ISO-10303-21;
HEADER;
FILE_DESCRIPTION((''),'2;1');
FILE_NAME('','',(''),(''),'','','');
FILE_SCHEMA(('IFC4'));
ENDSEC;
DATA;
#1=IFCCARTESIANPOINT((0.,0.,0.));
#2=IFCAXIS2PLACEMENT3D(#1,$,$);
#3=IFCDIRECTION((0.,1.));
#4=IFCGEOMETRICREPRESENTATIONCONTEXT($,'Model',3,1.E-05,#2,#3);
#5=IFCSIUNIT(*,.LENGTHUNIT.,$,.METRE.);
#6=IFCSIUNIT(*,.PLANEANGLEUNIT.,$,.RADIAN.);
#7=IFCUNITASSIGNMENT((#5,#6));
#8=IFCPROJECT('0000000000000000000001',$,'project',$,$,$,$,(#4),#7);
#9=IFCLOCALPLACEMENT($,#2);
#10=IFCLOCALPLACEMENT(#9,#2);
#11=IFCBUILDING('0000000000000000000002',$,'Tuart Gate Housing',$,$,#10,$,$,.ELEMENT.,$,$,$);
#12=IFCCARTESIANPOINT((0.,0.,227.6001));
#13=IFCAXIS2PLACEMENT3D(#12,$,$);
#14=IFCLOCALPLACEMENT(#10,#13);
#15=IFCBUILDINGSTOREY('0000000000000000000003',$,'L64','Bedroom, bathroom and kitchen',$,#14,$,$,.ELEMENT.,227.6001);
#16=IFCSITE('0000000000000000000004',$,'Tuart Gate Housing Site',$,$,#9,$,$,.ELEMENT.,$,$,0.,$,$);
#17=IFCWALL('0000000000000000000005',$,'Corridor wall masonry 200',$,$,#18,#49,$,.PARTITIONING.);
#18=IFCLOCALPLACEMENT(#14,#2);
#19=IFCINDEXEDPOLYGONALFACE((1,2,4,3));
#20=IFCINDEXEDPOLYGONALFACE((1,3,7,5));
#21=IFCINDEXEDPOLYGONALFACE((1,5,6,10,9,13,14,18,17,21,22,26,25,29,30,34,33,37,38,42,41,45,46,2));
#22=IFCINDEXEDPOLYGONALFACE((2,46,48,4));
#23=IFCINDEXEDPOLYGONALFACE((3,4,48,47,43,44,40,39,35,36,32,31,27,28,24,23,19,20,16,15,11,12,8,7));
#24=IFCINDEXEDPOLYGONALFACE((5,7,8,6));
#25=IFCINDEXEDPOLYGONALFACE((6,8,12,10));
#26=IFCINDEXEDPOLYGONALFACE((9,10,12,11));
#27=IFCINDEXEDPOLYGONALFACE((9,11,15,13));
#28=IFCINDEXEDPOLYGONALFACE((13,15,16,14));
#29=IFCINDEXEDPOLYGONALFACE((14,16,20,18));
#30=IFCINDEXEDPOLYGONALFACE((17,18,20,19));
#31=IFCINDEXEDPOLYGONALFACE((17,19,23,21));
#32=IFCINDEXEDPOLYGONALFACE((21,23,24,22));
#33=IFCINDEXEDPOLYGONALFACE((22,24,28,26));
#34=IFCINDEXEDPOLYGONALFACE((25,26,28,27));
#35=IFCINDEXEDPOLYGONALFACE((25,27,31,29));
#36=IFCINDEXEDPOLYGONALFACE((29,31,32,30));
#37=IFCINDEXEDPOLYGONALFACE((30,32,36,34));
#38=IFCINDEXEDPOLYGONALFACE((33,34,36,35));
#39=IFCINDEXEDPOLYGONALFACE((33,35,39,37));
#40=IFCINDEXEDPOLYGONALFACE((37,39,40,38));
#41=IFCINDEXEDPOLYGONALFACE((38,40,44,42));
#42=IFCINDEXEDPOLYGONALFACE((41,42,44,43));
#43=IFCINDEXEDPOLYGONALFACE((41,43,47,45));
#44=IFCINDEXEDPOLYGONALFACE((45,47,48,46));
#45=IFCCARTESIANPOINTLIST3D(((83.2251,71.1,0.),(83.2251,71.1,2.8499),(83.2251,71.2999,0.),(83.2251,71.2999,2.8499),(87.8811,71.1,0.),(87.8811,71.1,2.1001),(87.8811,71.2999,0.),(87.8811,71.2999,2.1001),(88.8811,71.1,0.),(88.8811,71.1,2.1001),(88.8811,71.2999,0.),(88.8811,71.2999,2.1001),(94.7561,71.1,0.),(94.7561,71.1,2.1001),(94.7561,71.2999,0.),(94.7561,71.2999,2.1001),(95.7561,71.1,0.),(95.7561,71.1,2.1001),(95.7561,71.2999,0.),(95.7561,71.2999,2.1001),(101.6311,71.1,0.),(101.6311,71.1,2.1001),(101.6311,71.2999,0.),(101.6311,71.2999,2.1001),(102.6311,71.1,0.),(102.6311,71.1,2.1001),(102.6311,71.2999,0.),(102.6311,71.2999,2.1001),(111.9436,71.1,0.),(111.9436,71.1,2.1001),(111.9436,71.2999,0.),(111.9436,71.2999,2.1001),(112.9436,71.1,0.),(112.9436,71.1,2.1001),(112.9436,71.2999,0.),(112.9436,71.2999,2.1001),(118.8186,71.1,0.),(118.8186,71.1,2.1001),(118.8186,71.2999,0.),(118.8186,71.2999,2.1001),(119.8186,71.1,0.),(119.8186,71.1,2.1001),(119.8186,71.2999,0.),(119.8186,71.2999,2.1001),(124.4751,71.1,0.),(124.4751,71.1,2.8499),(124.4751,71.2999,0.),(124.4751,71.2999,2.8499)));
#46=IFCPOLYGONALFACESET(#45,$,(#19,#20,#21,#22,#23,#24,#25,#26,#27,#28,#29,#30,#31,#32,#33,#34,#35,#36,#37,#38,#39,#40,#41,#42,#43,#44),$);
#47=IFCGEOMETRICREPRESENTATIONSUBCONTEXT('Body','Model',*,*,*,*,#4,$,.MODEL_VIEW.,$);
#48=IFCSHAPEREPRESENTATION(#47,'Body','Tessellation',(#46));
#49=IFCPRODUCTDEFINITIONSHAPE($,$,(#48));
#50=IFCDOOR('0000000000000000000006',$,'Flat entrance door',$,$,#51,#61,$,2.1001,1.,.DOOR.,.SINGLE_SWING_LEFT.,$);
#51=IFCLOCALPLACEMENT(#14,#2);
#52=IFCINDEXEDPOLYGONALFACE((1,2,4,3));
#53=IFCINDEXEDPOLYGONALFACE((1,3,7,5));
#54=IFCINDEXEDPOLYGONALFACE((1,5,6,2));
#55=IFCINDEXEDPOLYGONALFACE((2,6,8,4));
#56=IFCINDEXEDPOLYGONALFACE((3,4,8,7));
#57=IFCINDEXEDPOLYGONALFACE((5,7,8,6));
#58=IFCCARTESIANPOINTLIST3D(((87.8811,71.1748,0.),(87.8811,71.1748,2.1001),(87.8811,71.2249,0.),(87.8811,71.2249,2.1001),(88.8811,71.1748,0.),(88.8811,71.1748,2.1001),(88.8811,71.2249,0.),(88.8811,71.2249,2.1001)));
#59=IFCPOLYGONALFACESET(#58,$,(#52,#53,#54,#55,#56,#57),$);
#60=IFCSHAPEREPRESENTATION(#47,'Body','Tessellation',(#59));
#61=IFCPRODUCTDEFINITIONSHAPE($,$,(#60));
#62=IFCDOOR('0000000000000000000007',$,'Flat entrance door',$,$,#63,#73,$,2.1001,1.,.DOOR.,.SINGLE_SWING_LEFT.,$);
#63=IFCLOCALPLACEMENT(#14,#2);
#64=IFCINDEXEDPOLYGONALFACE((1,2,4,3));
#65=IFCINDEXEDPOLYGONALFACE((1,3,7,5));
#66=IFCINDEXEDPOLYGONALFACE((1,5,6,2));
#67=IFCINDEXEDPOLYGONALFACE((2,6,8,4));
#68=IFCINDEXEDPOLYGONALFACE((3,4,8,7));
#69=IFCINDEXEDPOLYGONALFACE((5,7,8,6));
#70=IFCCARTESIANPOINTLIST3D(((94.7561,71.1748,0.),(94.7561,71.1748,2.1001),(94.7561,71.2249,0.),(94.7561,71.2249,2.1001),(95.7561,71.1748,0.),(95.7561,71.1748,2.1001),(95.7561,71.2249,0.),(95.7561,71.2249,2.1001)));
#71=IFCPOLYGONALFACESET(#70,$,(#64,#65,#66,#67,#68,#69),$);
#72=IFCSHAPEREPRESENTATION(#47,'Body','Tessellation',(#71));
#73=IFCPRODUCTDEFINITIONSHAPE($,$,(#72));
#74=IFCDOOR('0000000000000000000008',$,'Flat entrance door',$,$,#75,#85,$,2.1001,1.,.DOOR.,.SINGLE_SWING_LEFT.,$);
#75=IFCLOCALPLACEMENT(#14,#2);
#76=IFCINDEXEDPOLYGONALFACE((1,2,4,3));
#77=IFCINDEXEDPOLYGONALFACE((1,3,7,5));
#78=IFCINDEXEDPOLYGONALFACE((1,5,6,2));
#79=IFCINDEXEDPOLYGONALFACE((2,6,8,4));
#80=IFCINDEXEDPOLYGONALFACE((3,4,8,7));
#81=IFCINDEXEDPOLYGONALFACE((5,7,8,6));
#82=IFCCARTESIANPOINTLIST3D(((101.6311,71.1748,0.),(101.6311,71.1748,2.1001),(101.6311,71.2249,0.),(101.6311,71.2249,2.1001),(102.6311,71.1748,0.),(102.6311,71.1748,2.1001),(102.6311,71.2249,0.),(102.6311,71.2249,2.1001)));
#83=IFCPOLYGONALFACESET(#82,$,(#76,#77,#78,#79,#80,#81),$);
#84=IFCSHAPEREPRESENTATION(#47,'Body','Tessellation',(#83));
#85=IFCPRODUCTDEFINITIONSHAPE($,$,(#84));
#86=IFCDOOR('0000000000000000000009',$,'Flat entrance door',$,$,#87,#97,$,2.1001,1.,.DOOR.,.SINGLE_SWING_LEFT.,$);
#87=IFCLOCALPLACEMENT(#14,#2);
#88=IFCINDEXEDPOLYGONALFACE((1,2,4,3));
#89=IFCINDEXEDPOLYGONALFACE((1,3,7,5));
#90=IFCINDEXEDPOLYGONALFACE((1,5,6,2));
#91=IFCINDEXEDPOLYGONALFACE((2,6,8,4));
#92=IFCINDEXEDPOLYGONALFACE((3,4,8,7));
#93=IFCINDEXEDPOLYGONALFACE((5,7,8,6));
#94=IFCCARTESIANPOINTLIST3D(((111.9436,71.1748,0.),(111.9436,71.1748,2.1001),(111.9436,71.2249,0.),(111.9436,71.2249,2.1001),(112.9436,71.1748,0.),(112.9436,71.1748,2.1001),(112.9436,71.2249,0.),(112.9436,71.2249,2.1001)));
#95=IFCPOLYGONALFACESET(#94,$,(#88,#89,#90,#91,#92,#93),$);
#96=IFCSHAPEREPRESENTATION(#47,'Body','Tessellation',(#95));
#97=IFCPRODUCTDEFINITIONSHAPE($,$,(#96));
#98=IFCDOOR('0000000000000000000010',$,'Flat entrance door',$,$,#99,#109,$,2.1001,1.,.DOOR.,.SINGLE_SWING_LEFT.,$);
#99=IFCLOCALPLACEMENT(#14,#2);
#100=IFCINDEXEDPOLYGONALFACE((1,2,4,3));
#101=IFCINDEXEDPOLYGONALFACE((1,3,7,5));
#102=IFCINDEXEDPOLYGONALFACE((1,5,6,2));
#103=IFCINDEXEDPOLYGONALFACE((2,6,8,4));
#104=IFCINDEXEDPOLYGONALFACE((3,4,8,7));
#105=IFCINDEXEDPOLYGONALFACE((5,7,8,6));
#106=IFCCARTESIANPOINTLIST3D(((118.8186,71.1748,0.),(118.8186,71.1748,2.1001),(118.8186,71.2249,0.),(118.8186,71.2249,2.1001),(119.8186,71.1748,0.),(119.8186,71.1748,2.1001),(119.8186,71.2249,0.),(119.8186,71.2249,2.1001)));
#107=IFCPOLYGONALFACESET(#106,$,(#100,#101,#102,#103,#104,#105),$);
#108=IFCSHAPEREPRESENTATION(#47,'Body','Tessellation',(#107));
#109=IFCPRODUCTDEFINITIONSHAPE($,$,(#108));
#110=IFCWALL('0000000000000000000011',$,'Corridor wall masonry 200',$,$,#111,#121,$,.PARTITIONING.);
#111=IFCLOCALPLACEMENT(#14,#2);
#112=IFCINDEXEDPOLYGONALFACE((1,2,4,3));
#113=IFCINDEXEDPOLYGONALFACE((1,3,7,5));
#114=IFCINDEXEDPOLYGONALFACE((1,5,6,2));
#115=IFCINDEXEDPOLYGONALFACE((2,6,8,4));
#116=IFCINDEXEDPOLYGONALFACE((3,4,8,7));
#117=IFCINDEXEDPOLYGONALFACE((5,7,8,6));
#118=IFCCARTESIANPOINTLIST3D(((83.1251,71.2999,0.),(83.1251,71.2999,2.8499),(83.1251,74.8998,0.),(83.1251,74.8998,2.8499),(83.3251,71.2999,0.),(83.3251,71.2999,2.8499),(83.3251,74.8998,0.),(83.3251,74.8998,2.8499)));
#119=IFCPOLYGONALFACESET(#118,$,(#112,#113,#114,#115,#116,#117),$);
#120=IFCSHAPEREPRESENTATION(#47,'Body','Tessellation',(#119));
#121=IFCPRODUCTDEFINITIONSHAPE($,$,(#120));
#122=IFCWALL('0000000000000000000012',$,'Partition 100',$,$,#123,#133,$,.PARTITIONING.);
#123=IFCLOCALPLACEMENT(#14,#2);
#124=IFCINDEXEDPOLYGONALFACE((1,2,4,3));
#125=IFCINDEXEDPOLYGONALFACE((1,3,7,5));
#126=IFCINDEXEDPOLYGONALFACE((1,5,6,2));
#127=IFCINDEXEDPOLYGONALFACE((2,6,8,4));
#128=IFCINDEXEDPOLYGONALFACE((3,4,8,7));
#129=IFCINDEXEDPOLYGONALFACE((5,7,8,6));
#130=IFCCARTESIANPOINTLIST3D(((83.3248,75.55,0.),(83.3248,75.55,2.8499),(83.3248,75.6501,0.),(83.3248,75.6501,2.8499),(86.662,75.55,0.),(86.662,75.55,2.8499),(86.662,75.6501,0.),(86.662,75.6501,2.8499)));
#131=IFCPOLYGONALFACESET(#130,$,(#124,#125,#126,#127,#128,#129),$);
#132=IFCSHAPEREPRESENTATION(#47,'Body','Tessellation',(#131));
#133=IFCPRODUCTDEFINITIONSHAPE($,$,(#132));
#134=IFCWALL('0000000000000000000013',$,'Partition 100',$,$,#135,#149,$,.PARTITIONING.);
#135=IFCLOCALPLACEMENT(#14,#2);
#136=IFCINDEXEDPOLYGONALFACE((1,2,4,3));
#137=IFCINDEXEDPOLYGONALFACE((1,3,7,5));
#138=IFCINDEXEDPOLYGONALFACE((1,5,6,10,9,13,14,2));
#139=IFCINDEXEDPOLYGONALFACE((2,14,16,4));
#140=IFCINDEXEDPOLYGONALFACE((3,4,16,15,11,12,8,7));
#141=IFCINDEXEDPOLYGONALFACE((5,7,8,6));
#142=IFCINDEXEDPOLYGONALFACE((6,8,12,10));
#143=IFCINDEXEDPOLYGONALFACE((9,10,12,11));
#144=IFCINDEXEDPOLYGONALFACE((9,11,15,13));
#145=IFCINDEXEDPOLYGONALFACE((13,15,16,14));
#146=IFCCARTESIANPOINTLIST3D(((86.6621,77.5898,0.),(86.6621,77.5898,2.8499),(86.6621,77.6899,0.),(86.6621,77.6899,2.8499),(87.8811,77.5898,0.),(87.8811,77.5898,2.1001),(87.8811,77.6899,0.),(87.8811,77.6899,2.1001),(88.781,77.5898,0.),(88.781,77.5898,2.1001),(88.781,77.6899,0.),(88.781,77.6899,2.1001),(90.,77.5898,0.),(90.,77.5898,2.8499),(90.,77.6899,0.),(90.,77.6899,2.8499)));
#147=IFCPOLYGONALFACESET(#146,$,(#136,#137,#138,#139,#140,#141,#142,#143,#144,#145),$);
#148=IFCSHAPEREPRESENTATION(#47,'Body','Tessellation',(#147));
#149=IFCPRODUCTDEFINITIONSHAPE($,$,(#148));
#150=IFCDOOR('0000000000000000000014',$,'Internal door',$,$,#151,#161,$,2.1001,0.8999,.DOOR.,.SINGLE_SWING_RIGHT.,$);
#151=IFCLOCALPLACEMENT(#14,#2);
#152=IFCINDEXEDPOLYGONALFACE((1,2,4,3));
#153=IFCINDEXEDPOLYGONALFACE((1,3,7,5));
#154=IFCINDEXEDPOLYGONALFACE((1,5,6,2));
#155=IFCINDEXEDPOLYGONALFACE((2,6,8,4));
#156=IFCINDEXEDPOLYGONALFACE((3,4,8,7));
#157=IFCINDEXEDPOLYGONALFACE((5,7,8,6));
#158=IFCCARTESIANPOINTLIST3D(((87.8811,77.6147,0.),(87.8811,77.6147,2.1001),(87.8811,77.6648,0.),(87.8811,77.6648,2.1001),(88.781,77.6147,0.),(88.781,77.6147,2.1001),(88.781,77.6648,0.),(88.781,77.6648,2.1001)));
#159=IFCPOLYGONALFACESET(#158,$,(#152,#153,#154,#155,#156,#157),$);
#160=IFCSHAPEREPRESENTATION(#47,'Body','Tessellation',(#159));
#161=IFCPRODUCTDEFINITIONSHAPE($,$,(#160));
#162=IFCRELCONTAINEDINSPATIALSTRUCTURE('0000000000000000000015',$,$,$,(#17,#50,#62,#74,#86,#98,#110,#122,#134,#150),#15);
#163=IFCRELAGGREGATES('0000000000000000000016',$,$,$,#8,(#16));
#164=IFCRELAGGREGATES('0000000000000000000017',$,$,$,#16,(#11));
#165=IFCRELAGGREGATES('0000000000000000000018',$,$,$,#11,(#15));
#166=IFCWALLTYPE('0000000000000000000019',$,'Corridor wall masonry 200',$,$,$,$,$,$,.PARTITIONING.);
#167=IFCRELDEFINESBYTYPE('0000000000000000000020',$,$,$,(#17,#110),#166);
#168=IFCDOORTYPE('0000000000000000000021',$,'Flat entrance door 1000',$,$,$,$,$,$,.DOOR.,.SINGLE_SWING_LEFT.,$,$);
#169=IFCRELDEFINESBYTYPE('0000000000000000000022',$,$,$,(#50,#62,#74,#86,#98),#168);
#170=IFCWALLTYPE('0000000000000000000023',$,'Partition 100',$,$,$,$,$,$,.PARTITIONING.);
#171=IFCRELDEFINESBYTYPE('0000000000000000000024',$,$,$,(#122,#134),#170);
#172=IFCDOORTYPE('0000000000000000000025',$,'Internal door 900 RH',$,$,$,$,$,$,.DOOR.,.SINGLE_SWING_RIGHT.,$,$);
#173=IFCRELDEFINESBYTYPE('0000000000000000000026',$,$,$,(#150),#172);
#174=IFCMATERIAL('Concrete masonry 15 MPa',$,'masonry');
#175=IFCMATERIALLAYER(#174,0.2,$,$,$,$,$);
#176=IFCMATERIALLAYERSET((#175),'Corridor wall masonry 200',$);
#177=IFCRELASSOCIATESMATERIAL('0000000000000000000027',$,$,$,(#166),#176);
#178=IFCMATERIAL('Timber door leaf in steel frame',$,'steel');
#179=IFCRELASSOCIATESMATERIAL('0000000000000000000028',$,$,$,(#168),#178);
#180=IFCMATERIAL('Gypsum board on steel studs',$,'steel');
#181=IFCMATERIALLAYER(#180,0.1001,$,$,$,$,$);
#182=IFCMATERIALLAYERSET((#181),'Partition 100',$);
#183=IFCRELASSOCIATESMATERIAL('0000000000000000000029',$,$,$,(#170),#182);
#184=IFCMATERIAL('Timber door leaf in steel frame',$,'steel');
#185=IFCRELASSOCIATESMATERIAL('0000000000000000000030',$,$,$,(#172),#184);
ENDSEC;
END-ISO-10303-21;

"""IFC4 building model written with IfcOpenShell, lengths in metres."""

from ifc_helpers import new_model, si_unit, direction, frame, frame_2d, origin, place, context, subcontext, project, spatial, rectangle, extrude, material, layer, layer_set, type_object, element, fill, save


model = new_model("IFC4")

# Units and contexts
model_context = context("Model", 3, precision=1e-05, world=origin(), true_north=direction((0.0, 1.0)))
body_context = subcontext(model_context, "Body", "Model", "MODEL_VIEW")
ifc_project = project(units=[si_unit("LENGTHUNIT", "METRE"), si_unit("PLANEANGLEUNIT", "RADIAN")], contexts=[model_context])

# Site, building, storey
site_placement = place(None, origin())
site = spatial("IfcSite", under=ifc_project, at=site_placement, Name="Tuart Gate Housing Site", CompositionType="ELEMENT", RefElevation=0.0)
building_placement = place(site_placement, origin())
building = spatial("IfcBuilding", under=site, at=building_placement, Name="Tuart Gate Housing", CompositionType="ELEMENT")
storey_placement = place(building_placement, frame((0.0, 0.0, 227.6001)))
storey = spatial("IfcBuildingStorey", under=building, at=storey_placement, Name="L64", Description="Bedroom, bathroom and kitchen", CompositionType="ELEMENT", Elevation=227.6001)

# Wall, openings, doors
ifc_material_1 = material(Name="Concrete masonry 15 MPa", Category="masonry")
ifc_layer_1 = layer(ifc_material_1, 0.2)
ifc_layer_set_1 = layer_set([ifc_layer_1], Name="Corridor wall masonry 200")
wall_type_1 = type_object("IfcWallType", Name="Corridor wall masonry 200", PredefinedType="PARTITIONING", material=ifc_layer_set_1)
wall_1_placement = place(storey_placement, frame((83.2251, 71.2, 0.0), z_axis=(0.0, 0.0, 1.0), x_axis=(1.0, 0.0, 0.0)))
wall_1 = element("IfcWall", 1, at=wall_1_placement, inside=storey, type_object=wall_type_1, Name="Corridor wall masonry 200", PredefinedType="PARTITIONING", context=body_context, shape_type="SweptSolid", body=[
    extrude(rectangle(XDim=41.25, YDim=0.2, at=frame_2d((20.625, 0.0))), origin(), (0.0, 0.0, 1.0), 2.8499),
])
opening_1_placement = place(wall_1_placement, frame((4.656, 0.0, 0.0)))
opening_1 = element("IfcOpeningElement", 2, at=opening_1_placement, cuts=wall_1, PredefinedType="OPENING", context=body_context, shape_type="SweptSolid", body=[
    extrude(rectangle(XDim=1.0, YDim=2.1001, at=frame_2d((0.5, 1.05))), frame((0.0, 0.1099, 0.0), z_axis=(0.0, -1.0, 0.0), x_axis=(1.0, 0.0, 0.0)), (0.0, 0.0, 1.0), 0.22),
])
opening_2_placement = place(wall_1_placement, frame((11.531, 0.0, 0.0)))
opening_2 = element("IfcOpeningElement", 3, at=opening_2_placement, cuts=wall_1, PredefinedType="OPENING", context=body_context, shape_type="SweptSolid", body=[
    extrude(rectangle(XDim=1.0, YDim=2.1001, at=frame_2d((0.5, 1.05))), frame((0.0, 0.1099, 0.0), z_axis=(0.0, -1.0, 0.0), x_axis=(1.0, 0.0, 0.0)), (0.0, 0.0, 1.0), 0.22),
])
opening_3_placement = place(wall_1_placement, frame((18.406, 0.0, 0.0)))
opening_3 = element("IfcOpeningElement", 4, at=opening_3_placement, cuts=wall_1, PredefinedType="OPENING", context=body_context, shape_type="SweptSolid", body=[
    extrude(rectangle(XDim=1.0, YDim=2.1001, at=frame_2d((0.5, 1.05))), frame((0.0, 0.1099, 0.0), z_axis=(0.0, -1.0, 0.0), x_axis=(1.0, 0.0, 0.0)), (0.0, 0.0, 1.0), 0.22),
])
opening_4_placement = place(wall_1_placement, frame((28.7185, 0.0, 0.0)))
opening_4 = element("IfcOpeningElement", 5, at=opening_4_placement, cuts=wall_1, PredefinedType="OPENING", context=body_context, shape_type="SweptSolid", body=[
    extrude(rectangle(XDim=1.0, YDim=2.1001, at=frame_2d((0.5, 1.05))), frame((0.0, 0.1099, 0.0), z_axis=(0.0, -1.0, 0.0), x_axis=(1.0, 0.0, 0.0)), (0.0, 0.0, 1.0), 0.22),
])
opening_5_placement = place(wall_1_placement, frame((35.5935, 0.0, 0.0)))
opening_5 = element("IfcOpeningElement", 6, at=opening_5_placement, cuts=wall_1, PredefinedType="OPENING", context=body_context, shape_type="SweptSolid", body=[
    extrude(rectangle(XDim=1.0, YDim=2.1001, at=frame_2d((0.5, 1.05))), frame((0.0, 0.1099, 0.0), z_axis=(0.0, -1.0, 0.0), x_axis=(1.0, 0.0, 0.0)), (0.0, 0.0, 1.0), 0.22),
])
ifc_material_2 = material(Name="Timber door leaf in steel frame", Category="steel")
door_type_1 = type_object("IfcDoorType", Name="Flat entrance door 1000", OperationType="SINGLE_SWING_LEFT", PredefinedType="DOOR", material=ifc_material_2)
door_1_placement = place(opening_1_placement, origin())
door_1 = element("IfcDoor", 7, at=door_1_placement, inside=storey, type_object=door_type_1, Name="Flat entrance door", OperationType="SINGLE_SWING_LEFT", OverallHeight=2.1001, OverallWidth=1.0, PredefinedType="DOOR", context=body_context, shape_type="SweptSolid", body=[
    extrude(rectangle(XDim=1.0, YDim=2.1001, at=frame_2d((0.5, 1.05))), frame((0.0, 0.0249, 0.0), z_axis=(0.0, -1.0, 0.0), x_axis=(1.0, 0.0, 0.0)), (0.0, 0.0, 1.0), 0.05),
])
fill(opening_1, door_1)
door_2_placement = place(opening_2_placement, origin())
door_2 = element("IfcDoor", 8, at=door_2_placement, inside=storey, type_object=door_type_1, Name="Flat entrance door", OperationType="SINGLE_SWING_LEFT", OverallHeight=2.1001, OverallWidth=1.0, PredefinedType="DOOR", context=body_context, shape_type="SweptSolid", body=[
    extrude(rectangle(XDim=1.0, YDim=2.1001, at=frame_2d((0.5, 1.05))), frame((0.0, 0.0249, 0.0), z_axis=(0.0, -1.0, 0.0), x_axis=(1.0, 0.0, 0.0)), (0.0, 0.0, 1.0), 0.05),
])
fill(opening_2, door_2)
door_3_placement = place(opening_3_placement, origin())
door_3 = element("IfcDoor", 9, at=door_3_placement, inside=storey, type_object=door_type_1, Name="Flat entrance door", OperationType="SINGLE_SWING_LEFT", OverallHeight=2.1001, OverallWidth=1.0, PredefinedType="DOOR", context=body_context, shape_type="SweptSolid", body=[
    extrude(rectangle(XDim=1.0, YDim=2.1001, at=frame_2d((0.5, 1.05))), frame((0.0, 0.0249, 0.0), z_axis=(0.0, -1.0, 0.0), x_axis=(1.0, 0.0, 0.0)), (0.0, 0.0, 1.0), 0.05),
])
fill(opening_3, door_3)
door_4_placement = place(opening_4_placement, origin())
door_4 = element("IfcDoor", 10, at=door_4_placement, inside=storey, type_object=door_type_1, Name="Flat entrance door", OperationType="SINGLE_SWING_LEFT", OverallHeight=2.1001, OverallWidth=1.0, PredefinedType="DOOR", context=body_context, shape_type="SweptSolid", body=[
    extrude(rectangle(XDim=1.0, YDim=2.1001, at=frame_2d((0.5, 1.05))), frame((0.0, 0.0249, 0.0), z_axis=(0.0, -1.0, 0.0), x_axis=(1.0, 0.0, 0.0)), (0.0, 0.0, 1.0), 0.05),
])
fill(opening_4, door_4)
door_5_placement = place(opening_5_placement, origin())
door_5 = element("IfcDoor", 11, at=door_5_placement, inside=storey, type_object=door_type_1, Name="Flat entrance door", OperationType="SINGLE_SWING_LEFT", OverallHeight=2.1001, OverallWidth=1.0, PredefinedType="DOOR", context=body_context, shape_type="SweptSolid", body=[
    extrude(rectangle(XDim=1.0, YDim=2.1001, at=frame_2d((0.5, 1.05))), frame((0.0, 0.0249, 0.0), z_axis=(0.0, -1.0, 0.0), x_axis=(1.0, 0.0, 0.0)), (0.0, 0.0, 1.0), 0.05),
])
fill(opening_5, door_5)

# Walls
wall_2_placement = place(storey_placement, frame((83.2251, 71.3, 0.0), z_axis=(0.0, 0.0, 1.0), x_axis=(0.0, 1.0, 0.0)))
element("IfcWall", 12, at=wall_2_placement, inside=storey, type_object=wall_type_1, Name="Corridor wall masonry 200", PredefinedType="PARTITIONING", context=body_context, shape_type="SweptSolid", body=[
    extrude(rectangle(XDim=3.5999, YDim=0.2, at=frame_2d((1.7998, 0.0))), origin(), (0.0, 0.0, 1.0), 2.8499),
])
ifc_material_3 = material(Name="Gypsum board on steel studs", Category="steel")
ifc_layer_2 = layer(ifc_material_3, 0.1001)
ifc_layer_set_2 = layer_set([ifc_layer_2], Name="Partition 100")
wall_type_2 = type_object("IfcWallType", Name="Partition 100", PredefinedType="PARTITIONING", material=ifc_layer_set_2)
wall_3_placement = place(storey_placement, frame((83.325, 75.6001, 0.0), z_axis=(0.0, 0.0, 1.0), x_axis=(1.0, 0.0, 0.0)))
element("IfcWall", 13, at=wall_3_placement, inside=storey, type_object=wall_type_2, Name="Partition 100", PredefinedType="PARTITIONING", context=body_context, shape_type="SweptSolid", body=[
    extrude(rectangle(XDim=3.3372, YDim=0.1001, at=frame_2d((1.6685, 0.0))), origin(), (0.0, 0.0, 1.0), 2.8499),
])

# Wall, opening, door
wall_4_placement = place(storey_placement, frame((86.6621, 77.6399, 0.0), z_axis=(0.0, 0.0, 1.0), x_axis=(1.0, 0.0, 0.0)))
wall_4 = element("IfcWall", 14, at=wall_4_placement, inside=storey, type_object=wall_type_2, Name="Partition 100", PredefinedType="PARTITIONING", context=body_context, shape_type="SweptSolid", body=[
    extrude(rectangle(XDim=3.3379, YDim=0.1001, at=frame_2d((1.6689, 0.0))), origin(), (0.0, 0.0, 1.0), 2.8499),
])
opening_6_placement = place(wall_4_placement, frame((1.219, 0.0, 0.0)))
opening_6 = element("IfcOpeningElement", 15, at=opening_6_placement, cuts=wall_4, PredefinedType="OPENING", context=body_context, shape_type="SweptSolid", body=[
    extrude(rectangle(XDim=0.8999, YDim=2.1001, at=frame_2d((0.45, 1.05))), frame((0.0, 0.0601, 0.0), z_axis=(0.0, -1.0, 0.0), x_axis=(1.0, 0.0, 0.0)), (0.0, 0.0, 1.0), 0.1201),
])
ifc_material_4 = material(Name="Timber door leaf in steel frame", Category="steel")
door_type_2 = type_object("IfcDoorType", Name="Internal door 900 RH", OperationType="SINGLE_SWING_RIGHT", PredefinedType="DOOR", material=ifc_material_4)
door_6_placement = place(opening_6_placement, frame((0.8999, 0.0, 0.0), z_axis=(0.0, 0.0, 1.0), x_axis=(-1.0, 0.0, 0.0)))
door_6 = element("IfcDoor", 16, at=door_6_placement, inside=storey, type_object=door_type_2, Name="Internal door", OperationType="SINGLE_SWING_RIGHT", OverallHeight=2.1001, OverallWidth=0.8999, PredefinedType="DOOR", context=body_context, shape_type="SweptSolid", body=[
    extrude(rectangle(XDim=0.8999, YDim=2.1001, at=frame_2d((0.45, 1.05))), frame((0.0, 0.0251, 0.0), z_axis=(0.0, -1.0, 0.0), x_axis=(1.0, 0.0, 0.0)), (0.0, 0.0, 1.0), 0.05),
])
fill(opening_6, door_6)

save(model, "model.ifc")
